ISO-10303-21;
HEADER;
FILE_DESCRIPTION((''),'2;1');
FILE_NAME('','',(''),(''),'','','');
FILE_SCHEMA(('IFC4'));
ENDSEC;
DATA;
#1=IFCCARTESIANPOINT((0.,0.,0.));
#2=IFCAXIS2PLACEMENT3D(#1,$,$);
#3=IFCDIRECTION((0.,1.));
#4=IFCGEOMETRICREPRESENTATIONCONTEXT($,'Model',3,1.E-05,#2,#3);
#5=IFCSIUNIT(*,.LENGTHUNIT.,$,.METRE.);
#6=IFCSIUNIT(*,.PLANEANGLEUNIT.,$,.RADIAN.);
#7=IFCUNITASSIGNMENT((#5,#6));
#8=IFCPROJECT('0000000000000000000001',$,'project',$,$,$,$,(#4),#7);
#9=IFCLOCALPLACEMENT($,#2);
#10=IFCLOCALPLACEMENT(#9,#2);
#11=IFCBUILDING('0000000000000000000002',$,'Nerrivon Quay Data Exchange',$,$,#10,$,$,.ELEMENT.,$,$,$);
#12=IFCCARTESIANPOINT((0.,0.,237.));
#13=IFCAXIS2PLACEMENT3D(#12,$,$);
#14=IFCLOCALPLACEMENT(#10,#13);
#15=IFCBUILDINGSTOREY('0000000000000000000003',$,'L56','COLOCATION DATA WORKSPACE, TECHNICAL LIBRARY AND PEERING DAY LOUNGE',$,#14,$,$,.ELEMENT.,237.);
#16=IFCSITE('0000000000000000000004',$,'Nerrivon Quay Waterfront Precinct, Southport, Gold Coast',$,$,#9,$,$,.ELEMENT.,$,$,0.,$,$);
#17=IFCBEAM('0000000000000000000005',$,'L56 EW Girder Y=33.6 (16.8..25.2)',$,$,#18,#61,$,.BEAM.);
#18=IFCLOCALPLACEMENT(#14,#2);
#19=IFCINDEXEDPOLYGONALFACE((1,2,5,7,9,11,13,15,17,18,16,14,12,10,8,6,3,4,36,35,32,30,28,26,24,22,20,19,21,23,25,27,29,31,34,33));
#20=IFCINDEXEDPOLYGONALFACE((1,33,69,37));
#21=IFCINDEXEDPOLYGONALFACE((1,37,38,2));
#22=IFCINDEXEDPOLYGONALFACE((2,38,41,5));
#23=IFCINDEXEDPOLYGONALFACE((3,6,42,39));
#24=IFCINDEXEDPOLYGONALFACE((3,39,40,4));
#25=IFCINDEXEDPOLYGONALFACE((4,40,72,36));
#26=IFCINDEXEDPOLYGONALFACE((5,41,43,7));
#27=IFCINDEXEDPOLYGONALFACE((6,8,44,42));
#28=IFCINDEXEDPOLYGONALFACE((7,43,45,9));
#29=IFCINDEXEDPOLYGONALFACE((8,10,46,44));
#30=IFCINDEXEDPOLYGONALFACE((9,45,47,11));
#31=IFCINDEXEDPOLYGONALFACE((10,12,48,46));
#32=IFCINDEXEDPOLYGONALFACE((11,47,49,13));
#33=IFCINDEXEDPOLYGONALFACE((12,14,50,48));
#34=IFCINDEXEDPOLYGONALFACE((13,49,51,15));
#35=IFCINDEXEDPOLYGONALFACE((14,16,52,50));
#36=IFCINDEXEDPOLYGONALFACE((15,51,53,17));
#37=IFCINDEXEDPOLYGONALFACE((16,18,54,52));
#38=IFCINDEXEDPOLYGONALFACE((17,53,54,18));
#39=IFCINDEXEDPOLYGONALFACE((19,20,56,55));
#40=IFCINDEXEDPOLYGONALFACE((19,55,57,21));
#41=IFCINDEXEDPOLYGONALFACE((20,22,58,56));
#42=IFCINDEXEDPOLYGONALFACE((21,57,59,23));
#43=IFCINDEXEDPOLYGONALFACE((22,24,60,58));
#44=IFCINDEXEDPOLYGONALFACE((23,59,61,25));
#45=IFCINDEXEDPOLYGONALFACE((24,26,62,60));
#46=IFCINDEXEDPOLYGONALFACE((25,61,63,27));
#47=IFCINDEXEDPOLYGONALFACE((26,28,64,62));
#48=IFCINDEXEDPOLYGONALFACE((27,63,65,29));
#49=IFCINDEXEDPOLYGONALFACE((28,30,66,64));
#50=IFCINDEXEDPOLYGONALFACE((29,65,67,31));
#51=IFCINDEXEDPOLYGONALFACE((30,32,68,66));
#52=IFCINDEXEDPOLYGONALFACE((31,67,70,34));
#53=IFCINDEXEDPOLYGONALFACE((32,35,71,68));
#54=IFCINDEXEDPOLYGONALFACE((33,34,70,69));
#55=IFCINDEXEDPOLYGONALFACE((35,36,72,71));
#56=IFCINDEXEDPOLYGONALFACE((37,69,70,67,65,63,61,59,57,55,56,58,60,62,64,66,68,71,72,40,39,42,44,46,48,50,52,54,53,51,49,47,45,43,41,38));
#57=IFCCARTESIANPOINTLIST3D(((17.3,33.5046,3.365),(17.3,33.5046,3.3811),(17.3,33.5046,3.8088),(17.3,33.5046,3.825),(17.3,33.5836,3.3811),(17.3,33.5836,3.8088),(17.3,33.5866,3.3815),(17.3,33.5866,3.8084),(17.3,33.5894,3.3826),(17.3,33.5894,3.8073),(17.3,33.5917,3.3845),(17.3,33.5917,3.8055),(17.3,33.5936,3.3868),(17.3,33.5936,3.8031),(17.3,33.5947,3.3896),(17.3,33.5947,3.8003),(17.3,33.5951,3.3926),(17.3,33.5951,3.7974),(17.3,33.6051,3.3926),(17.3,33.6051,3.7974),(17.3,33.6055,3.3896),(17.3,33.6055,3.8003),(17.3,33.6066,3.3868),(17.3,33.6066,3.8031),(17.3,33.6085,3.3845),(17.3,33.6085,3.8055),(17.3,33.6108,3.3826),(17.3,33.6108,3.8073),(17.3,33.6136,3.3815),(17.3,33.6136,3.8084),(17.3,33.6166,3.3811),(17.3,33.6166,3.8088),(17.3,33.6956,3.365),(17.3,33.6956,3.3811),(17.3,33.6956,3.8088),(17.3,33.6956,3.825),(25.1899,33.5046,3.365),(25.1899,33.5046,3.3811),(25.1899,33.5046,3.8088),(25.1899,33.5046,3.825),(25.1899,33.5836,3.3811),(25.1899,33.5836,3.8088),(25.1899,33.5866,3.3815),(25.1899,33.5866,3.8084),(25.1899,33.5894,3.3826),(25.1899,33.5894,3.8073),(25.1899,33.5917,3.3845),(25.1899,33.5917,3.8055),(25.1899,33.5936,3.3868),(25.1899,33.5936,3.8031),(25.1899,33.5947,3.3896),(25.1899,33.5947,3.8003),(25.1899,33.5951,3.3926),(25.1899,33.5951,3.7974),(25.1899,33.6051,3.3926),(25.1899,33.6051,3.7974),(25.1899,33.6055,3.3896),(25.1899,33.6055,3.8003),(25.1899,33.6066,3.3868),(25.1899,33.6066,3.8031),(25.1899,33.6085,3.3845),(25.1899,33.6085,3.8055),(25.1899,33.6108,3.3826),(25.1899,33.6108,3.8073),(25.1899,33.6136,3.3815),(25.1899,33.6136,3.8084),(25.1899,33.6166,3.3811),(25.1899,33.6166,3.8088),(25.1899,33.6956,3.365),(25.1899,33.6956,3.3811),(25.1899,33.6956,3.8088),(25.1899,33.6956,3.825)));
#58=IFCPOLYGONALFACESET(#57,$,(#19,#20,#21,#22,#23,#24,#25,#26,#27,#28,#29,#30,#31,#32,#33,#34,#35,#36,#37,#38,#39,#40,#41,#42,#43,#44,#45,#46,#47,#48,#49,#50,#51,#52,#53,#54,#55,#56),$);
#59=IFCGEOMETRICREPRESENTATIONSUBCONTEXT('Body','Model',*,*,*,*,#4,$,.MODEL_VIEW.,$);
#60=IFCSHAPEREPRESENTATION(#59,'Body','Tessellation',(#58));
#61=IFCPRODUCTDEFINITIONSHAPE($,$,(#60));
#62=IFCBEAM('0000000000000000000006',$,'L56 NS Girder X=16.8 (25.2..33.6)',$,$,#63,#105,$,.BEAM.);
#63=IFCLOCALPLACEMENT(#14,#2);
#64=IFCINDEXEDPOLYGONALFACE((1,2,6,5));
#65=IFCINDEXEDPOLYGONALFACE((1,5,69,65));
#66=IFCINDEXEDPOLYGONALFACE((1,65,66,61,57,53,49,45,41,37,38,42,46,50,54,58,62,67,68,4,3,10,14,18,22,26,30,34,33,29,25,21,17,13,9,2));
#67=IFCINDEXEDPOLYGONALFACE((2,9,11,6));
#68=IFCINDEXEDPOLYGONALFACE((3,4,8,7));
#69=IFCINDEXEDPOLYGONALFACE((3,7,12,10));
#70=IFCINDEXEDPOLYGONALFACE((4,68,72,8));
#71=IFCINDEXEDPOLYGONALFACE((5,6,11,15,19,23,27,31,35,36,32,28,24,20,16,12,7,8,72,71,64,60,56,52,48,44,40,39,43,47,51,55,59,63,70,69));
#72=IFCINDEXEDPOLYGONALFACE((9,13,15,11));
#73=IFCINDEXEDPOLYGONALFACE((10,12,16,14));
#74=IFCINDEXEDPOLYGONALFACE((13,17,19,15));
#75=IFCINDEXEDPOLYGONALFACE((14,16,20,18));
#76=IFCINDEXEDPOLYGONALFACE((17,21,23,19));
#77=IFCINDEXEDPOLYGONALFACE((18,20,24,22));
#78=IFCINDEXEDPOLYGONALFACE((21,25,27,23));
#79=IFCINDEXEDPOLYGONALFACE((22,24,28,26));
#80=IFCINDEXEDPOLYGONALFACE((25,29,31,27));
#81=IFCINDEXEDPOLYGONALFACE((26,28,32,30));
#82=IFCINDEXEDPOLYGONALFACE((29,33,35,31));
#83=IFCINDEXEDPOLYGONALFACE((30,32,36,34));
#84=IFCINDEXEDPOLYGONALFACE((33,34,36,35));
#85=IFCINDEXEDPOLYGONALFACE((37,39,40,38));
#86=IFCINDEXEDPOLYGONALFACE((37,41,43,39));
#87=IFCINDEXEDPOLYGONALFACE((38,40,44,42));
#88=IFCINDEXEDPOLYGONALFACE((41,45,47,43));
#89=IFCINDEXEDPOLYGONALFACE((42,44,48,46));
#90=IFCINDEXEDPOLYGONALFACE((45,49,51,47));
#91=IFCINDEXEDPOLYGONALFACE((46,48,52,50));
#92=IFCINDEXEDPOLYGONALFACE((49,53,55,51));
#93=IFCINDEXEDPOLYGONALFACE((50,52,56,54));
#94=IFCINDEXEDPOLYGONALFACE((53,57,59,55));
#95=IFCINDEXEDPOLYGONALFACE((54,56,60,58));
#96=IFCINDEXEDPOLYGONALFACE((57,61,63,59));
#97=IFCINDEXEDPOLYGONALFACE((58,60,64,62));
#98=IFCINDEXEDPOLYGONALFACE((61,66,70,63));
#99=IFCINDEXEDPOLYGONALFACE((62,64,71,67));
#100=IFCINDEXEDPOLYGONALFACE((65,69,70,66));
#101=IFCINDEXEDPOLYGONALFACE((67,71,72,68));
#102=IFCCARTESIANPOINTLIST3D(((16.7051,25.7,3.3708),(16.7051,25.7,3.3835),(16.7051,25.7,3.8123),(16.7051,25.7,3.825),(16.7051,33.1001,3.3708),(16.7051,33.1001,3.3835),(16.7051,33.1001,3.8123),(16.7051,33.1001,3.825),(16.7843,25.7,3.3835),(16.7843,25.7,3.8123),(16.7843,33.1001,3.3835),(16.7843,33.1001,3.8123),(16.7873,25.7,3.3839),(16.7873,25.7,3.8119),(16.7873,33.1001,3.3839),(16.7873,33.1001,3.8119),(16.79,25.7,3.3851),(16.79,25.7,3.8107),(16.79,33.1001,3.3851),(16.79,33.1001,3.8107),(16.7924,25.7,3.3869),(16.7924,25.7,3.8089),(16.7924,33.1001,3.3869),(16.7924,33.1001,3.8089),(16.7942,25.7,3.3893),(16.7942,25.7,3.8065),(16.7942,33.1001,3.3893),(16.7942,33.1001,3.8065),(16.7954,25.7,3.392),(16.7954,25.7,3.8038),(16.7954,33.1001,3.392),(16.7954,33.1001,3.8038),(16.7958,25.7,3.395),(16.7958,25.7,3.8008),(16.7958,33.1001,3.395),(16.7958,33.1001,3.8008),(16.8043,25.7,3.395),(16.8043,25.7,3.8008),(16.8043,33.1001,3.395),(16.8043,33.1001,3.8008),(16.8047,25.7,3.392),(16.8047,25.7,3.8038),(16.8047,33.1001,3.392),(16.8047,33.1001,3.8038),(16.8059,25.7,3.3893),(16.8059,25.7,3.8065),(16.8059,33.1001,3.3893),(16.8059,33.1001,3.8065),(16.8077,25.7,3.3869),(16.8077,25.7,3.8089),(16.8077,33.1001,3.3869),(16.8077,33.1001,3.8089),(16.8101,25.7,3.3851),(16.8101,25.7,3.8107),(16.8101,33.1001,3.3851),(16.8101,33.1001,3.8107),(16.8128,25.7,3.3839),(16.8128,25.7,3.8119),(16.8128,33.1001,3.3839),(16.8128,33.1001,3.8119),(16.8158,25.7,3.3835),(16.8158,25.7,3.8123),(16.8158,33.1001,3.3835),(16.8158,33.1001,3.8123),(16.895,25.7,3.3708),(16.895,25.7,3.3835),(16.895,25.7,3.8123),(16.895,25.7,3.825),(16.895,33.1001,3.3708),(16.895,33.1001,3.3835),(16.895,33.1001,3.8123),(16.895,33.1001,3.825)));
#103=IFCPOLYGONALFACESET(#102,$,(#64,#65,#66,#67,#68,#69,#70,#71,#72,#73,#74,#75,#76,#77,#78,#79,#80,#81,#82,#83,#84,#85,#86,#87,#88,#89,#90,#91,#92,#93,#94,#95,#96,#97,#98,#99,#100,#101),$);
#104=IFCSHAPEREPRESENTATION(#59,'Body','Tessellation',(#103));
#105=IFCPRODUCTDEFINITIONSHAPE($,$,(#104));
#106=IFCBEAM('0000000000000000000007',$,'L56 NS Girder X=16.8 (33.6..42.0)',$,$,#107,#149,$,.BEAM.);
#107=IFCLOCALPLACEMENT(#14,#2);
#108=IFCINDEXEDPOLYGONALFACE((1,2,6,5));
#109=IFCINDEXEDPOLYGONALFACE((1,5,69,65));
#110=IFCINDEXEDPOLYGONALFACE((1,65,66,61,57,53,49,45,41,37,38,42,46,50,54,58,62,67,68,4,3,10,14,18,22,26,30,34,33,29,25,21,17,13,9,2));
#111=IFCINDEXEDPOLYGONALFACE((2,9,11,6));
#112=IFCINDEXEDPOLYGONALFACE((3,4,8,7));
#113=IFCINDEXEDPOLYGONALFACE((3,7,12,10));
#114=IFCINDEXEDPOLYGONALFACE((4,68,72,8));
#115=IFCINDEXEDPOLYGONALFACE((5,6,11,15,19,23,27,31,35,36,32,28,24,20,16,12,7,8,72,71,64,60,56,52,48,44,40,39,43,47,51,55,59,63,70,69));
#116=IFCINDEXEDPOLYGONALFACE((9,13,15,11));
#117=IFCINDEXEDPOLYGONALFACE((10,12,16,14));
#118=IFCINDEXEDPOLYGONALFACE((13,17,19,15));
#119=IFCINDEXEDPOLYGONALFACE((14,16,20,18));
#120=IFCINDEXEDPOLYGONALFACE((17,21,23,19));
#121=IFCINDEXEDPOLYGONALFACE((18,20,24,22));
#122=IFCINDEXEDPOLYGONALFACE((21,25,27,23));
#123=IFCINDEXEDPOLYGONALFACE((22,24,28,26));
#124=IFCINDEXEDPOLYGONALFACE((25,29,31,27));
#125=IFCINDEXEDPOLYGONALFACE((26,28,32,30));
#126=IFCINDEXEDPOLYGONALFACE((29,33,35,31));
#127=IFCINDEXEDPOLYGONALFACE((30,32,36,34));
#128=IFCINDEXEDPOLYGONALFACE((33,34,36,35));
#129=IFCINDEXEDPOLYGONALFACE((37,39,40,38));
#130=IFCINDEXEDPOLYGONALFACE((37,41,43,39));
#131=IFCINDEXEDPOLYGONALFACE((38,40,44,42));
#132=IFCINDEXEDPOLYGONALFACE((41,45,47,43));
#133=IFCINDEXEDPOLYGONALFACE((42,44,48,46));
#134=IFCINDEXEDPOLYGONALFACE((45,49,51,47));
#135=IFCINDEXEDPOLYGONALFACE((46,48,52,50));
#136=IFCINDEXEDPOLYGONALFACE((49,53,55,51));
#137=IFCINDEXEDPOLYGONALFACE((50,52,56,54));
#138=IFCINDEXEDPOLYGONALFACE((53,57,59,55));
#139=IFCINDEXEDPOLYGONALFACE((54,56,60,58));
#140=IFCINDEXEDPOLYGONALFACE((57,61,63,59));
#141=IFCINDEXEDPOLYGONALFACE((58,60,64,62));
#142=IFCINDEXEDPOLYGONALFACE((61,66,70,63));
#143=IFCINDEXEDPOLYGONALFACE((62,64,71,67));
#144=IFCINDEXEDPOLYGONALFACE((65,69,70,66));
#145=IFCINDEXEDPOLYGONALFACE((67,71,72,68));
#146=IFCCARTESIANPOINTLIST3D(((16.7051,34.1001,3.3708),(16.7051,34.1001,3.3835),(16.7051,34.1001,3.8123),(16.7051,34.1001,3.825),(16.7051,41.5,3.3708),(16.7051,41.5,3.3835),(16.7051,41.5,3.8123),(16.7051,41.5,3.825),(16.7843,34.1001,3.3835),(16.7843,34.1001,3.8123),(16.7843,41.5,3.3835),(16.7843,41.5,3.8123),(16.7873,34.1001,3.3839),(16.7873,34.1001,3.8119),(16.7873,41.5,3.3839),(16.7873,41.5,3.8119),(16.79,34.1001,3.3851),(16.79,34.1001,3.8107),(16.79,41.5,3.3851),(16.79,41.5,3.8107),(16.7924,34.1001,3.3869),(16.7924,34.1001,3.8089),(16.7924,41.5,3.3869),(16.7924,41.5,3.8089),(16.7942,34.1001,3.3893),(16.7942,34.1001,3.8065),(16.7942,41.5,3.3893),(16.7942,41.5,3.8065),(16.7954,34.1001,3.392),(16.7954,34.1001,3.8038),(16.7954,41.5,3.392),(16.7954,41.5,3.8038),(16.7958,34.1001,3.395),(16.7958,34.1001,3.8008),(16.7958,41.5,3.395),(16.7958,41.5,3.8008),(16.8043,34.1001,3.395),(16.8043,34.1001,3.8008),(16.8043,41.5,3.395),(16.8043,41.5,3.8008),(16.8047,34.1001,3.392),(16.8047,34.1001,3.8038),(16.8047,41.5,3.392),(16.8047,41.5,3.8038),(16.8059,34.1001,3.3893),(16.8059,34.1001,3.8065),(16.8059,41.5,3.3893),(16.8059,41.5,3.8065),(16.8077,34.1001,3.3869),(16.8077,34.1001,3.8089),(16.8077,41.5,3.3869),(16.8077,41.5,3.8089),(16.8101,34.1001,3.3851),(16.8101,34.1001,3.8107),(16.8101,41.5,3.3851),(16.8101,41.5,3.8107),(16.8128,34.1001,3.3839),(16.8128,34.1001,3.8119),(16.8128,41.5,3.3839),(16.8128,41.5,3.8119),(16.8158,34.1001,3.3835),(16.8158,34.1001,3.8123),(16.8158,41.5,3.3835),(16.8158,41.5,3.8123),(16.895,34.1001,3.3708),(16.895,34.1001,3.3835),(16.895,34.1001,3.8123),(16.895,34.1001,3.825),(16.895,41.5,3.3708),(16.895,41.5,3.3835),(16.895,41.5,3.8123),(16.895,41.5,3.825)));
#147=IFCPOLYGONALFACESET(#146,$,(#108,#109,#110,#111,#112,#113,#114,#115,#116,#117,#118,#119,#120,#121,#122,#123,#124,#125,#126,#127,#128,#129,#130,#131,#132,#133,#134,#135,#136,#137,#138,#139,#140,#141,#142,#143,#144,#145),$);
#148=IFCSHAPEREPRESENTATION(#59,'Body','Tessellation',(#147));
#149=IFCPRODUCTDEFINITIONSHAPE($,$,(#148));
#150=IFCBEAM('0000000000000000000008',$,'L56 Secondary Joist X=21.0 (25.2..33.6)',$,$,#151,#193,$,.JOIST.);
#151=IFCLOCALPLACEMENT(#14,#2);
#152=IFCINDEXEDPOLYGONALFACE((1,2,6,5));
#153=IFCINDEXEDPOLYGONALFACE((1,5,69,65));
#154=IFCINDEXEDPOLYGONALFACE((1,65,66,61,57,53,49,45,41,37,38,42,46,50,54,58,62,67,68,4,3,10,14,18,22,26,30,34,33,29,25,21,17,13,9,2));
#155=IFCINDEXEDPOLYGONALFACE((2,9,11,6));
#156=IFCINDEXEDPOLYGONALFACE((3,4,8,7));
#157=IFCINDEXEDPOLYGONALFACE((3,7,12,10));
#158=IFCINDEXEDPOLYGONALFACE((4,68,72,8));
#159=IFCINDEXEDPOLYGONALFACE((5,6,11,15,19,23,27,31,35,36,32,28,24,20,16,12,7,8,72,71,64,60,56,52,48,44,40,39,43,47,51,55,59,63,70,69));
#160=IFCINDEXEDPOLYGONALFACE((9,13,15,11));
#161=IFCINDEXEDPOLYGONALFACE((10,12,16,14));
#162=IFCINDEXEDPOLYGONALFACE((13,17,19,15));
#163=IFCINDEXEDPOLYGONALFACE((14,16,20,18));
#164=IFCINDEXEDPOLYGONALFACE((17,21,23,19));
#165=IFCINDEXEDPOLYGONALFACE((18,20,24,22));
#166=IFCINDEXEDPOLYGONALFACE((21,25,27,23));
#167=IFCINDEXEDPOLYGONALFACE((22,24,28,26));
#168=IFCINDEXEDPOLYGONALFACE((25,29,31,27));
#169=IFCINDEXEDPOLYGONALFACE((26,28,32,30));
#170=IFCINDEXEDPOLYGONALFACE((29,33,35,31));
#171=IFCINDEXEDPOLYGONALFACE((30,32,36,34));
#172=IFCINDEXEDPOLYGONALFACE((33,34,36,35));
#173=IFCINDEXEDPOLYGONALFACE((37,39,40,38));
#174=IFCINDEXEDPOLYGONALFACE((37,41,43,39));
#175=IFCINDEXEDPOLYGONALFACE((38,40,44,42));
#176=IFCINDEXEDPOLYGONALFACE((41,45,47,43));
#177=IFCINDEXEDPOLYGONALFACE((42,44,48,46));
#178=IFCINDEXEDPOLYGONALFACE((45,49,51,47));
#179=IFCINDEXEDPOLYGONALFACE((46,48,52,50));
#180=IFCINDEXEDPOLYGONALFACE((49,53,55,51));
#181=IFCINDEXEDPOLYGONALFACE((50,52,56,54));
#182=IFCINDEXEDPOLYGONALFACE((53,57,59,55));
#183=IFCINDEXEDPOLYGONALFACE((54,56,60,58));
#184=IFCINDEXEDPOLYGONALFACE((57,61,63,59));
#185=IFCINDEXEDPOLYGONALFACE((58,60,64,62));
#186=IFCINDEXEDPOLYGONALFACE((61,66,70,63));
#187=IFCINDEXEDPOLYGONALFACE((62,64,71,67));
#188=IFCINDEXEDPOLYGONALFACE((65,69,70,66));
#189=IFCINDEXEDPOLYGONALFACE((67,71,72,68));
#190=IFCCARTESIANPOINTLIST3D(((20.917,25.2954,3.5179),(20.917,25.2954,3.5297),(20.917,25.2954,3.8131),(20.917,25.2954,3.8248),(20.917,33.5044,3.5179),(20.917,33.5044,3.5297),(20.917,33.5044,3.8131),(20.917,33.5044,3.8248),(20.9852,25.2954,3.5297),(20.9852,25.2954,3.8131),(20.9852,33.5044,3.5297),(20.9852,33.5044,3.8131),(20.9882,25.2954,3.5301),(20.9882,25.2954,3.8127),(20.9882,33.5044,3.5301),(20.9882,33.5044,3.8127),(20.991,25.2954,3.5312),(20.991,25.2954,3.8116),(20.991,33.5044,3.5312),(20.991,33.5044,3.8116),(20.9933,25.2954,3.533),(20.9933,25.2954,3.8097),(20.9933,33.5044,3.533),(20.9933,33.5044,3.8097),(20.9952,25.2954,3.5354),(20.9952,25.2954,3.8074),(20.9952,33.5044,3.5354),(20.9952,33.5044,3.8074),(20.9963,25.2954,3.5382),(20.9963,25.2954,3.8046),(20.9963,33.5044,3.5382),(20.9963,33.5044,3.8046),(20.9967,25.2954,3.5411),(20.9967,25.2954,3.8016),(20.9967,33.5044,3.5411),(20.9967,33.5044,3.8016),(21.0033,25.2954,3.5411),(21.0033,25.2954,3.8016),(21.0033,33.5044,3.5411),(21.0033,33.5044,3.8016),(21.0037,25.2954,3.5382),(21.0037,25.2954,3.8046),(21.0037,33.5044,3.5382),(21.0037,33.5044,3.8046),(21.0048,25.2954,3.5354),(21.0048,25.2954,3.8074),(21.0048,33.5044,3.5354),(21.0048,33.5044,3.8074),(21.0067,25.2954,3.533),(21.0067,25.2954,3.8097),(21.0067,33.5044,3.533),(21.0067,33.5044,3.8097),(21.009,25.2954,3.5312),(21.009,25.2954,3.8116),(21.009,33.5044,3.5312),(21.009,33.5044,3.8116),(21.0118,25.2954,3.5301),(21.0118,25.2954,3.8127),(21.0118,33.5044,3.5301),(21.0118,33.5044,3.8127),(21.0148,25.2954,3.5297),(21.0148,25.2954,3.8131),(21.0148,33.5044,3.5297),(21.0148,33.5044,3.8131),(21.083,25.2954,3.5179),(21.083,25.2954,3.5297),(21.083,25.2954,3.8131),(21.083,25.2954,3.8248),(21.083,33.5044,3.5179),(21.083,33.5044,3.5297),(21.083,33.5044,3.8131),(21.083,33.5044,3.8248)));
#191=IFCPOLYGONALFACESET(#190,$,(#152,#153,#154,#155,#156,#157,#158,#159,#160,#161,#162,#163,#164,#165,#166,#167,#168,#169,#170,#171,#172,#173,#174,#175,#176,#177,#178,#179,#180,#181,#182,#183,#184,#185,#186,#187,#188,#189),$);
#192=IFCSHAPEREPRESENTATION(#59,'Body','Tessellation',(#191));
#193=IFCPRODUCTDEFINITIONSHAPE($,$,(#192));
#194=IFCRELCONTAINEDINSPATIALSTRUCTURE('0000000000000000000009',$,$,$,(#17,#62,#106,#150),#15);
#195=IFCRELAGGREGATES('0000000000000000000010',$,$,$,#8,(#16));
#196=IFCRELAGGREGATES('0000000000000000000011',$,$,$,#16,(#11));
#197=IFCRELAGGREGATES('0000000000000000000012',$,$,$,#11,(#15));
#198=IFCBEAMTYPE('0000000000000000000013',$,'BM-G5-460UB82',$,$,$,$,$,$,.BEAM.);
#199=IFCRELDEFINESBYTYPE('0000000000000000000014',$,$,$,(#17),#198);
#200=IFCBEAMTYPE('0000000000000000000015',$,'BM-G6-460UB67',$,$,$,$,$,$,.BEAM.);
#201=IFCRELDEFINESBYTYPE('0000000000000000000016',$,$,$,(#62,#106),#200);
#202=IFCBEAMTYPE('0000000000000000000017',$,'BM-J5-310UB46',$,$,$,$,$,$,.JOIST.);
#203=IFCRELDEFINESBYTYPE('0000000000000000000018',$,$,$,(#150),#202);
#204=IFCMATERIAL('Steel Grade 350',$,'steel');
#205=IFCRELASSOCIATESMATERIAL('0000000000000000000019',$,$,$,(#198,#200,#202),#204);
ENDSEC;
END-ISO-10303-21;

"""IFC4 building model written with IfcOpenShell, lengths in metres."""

from ifc_helpers import new_model, si_unit, direction, frame, origin, origin_2d, place, context, subcontext, project, spatial, i_section, extrude, material, material_profile, profile_set, type_object, element, save


model = new_model("IFC4")

# Units and contexts
model_context = context("Model", 3, precision=1e-05, world=origin(), true_north=direction((0.0, 1.0)))
body_context = subcontext(model_context, "Body", "Model", "MODEL_VIEW")
ifc_project = project(units=[si_unit("LENGTHUNIT", "METRE"), si_unit("PLANEANGLEUNIT", "RADIAN")], contexts=[model_context])

# Site, building, storey
site_placement = place(None, origin())
site = spatial("IfcSite", under=ifc_project, at=site_placement, Name="Nerrivon Quay Waterfront Precinct, Southport, Gold Coast", CompositionType="ELEMENT", RefElevation=0.0)
building_placement = place(site_placement, origin())
building = spatial("IfcBuilding", under=site, at=building_placement, Name="Nerrivon Quay Data Exchange", CompositionType="ELEMENT")
storey_placement = place(building_placement, frame((0.0, 0.0, 237.0)))
storey = spatial("IfcBuildingStorey", under=building, at=storey_placement, Name="L56", Description="COLOCATION DATA WORKSPACE, TECHNICAL LIBRARY AND PEERING DAY LOUNGE", CompositionType="ELEMENT", Elevation=237.0)

# Beams
ifc_material_1 = material(Name="Steel Grade 350", Category="steel")
ifc_material_profile_1 = material_profile(ifc_material_1, i_section(OverallWidth=0.1909, OverallDepth=0.46, WebThickness=0.01, FlangeThickness=0.0161, FilletRadius=0.0115, at=origin_2d()), Name="460UB82.1")
ifc_profile_set_1 = profile_set([ifc_material_profile_1], Name="Steel Grade 350")
beam_type_1 = type_object("IfcBeamType", Name="BM-G5-460UB82", PredefinedType="BEAM", material=ifc_profile_set_1)
beam_1_placement = place(storey_placement, frame((17.3, 33.6001, 3.595), z_axis=(1.0, 0.0, 0.0), x_axis=(0.0, 1.0, 0.0)))
element("IfcBeam", 1, at=beam_1_placement, inside=storey, type_object=beam_type_1, Name="L56 EW Girder Y=33.6 (16.8..25.2)", PredefinedType="BEAM", context=body_context, shape_type="SweptSolid", body=[
    extrude(i_section(OverallWidth=0.1909, OverallDepth=0.46, WebThickness=0.01, FlangeThickness=0.0161, FilletRadius=0.0115, at=origin_2d()), origin(), (0.0, 0.0, 1.0), 7.8899),
])
ifc_material_profile_2 = material_profile(ifc_material_1, i_section(OverallWidth=0.1899, OverallDepth=0.4541, WebThickness=0.0085, FlangeThickness=0.0127, FilletRadius=0.0115, at=origin_2d()), Name="460UB67.1")
ifc_profile_set_2 = profile_set([ifc_material_profile_2], Name="Steel Grade 350")
beam_type_2 = type_object("IfcBeamType", Name="BM-G6-460UB67", PredefinedType="BEAM", material=ifc_profile_set_2)
beam_2_placement = place(storey_placement, frame((16.8, 25.7, 3.5979), z_axis=(0.0, 1.0, 0.0), x_axis=(-1.0, 0.0, 0.0)))
element("IfcBeam", 2, at=beam_2_placement, inside=storey, type_object=beam_type_2, Name="L56 NS Girder X=16.8 (25.2..33.6)", PredefinedType="BEAM", context=body_context, shape_type="SweptSolid", body=[
    extrude(i_section(OverallWidth=0.1899, OverallDepth=0.4541, WebThickness=0.0085, FlangeThickness=0.0127, FilletRadius=0.0115, at=origin_2d()), origin(), (0.0, 0.0, 1.0), 7.4001),
])
beam_3_placement = place(storey_placement, frame((16.8, 34.1001, 3.5979), z_axis=(0.0, 1.0, 0.0), x_axis=(-1.0, 0.0, 0.0)))
element("IfcBeam", 3, at=beam_3_placement, inside=storey, type_object=beam_type_2, Name="L56 NS Girder X=16.8 (33.6..42.0)", PredefinedType="BEAM", context=body_context, shape_type="SweptSolid", body=[
    extrude(i_section(OverallWidth=0.1899, OverallDepth=0.4541, WebThickness=0.0085, FlangeThickness=0.0127, FilletRadius=0.0115, at=origin_2d()), origin(), (0.0, 0.0, 1.0), 7.3999),
])
ifc_material_profile_3 = material_profile(ifc_material_1, i_section(OverallWidth=0.166, OverallDepth=0.3069, WebThickness=0.0066, FlangeThickness=0.0117, FilletRadius=0.0115, at=origin_2d()), Name="310UB46.2")
ifc_profile_set_3 = profile_set([ifc_material_profile_3], Name="Steel Grade 350")
beam_type_3 = type_object("IfcBeamType", Name="BM-J5-310UB46", PredefinedType="JOIST", material=ifc_profile_set_3)
beam_4_placement = place(storey_placement, frame((21.0, 25.2954, 3.6714), z_axis=(0.0, 1.0, 0.0), x_axis=(-1.0, 0.0, 0.0)))
element("IfcBeam", 4, at=beam_4_placement, inside=storey, type_object=beam_type_3, Name="L56 Secondary Joist X=21.0 (25.2..33.6)", PredefinedType="JOIST", context=body_context, shape_type="SweptSolid", body=[
    extrude(i_section(OverallWidth=0.166, OverallDepth=0.3069, WebThickness=0.0066, FlangeThickness=0.0117, FilletRadius=0.0115, at=origin_2d()), origin(), (0.0, 0.0, 1.0), 8.209),
])

save(model, "model.ifc")
